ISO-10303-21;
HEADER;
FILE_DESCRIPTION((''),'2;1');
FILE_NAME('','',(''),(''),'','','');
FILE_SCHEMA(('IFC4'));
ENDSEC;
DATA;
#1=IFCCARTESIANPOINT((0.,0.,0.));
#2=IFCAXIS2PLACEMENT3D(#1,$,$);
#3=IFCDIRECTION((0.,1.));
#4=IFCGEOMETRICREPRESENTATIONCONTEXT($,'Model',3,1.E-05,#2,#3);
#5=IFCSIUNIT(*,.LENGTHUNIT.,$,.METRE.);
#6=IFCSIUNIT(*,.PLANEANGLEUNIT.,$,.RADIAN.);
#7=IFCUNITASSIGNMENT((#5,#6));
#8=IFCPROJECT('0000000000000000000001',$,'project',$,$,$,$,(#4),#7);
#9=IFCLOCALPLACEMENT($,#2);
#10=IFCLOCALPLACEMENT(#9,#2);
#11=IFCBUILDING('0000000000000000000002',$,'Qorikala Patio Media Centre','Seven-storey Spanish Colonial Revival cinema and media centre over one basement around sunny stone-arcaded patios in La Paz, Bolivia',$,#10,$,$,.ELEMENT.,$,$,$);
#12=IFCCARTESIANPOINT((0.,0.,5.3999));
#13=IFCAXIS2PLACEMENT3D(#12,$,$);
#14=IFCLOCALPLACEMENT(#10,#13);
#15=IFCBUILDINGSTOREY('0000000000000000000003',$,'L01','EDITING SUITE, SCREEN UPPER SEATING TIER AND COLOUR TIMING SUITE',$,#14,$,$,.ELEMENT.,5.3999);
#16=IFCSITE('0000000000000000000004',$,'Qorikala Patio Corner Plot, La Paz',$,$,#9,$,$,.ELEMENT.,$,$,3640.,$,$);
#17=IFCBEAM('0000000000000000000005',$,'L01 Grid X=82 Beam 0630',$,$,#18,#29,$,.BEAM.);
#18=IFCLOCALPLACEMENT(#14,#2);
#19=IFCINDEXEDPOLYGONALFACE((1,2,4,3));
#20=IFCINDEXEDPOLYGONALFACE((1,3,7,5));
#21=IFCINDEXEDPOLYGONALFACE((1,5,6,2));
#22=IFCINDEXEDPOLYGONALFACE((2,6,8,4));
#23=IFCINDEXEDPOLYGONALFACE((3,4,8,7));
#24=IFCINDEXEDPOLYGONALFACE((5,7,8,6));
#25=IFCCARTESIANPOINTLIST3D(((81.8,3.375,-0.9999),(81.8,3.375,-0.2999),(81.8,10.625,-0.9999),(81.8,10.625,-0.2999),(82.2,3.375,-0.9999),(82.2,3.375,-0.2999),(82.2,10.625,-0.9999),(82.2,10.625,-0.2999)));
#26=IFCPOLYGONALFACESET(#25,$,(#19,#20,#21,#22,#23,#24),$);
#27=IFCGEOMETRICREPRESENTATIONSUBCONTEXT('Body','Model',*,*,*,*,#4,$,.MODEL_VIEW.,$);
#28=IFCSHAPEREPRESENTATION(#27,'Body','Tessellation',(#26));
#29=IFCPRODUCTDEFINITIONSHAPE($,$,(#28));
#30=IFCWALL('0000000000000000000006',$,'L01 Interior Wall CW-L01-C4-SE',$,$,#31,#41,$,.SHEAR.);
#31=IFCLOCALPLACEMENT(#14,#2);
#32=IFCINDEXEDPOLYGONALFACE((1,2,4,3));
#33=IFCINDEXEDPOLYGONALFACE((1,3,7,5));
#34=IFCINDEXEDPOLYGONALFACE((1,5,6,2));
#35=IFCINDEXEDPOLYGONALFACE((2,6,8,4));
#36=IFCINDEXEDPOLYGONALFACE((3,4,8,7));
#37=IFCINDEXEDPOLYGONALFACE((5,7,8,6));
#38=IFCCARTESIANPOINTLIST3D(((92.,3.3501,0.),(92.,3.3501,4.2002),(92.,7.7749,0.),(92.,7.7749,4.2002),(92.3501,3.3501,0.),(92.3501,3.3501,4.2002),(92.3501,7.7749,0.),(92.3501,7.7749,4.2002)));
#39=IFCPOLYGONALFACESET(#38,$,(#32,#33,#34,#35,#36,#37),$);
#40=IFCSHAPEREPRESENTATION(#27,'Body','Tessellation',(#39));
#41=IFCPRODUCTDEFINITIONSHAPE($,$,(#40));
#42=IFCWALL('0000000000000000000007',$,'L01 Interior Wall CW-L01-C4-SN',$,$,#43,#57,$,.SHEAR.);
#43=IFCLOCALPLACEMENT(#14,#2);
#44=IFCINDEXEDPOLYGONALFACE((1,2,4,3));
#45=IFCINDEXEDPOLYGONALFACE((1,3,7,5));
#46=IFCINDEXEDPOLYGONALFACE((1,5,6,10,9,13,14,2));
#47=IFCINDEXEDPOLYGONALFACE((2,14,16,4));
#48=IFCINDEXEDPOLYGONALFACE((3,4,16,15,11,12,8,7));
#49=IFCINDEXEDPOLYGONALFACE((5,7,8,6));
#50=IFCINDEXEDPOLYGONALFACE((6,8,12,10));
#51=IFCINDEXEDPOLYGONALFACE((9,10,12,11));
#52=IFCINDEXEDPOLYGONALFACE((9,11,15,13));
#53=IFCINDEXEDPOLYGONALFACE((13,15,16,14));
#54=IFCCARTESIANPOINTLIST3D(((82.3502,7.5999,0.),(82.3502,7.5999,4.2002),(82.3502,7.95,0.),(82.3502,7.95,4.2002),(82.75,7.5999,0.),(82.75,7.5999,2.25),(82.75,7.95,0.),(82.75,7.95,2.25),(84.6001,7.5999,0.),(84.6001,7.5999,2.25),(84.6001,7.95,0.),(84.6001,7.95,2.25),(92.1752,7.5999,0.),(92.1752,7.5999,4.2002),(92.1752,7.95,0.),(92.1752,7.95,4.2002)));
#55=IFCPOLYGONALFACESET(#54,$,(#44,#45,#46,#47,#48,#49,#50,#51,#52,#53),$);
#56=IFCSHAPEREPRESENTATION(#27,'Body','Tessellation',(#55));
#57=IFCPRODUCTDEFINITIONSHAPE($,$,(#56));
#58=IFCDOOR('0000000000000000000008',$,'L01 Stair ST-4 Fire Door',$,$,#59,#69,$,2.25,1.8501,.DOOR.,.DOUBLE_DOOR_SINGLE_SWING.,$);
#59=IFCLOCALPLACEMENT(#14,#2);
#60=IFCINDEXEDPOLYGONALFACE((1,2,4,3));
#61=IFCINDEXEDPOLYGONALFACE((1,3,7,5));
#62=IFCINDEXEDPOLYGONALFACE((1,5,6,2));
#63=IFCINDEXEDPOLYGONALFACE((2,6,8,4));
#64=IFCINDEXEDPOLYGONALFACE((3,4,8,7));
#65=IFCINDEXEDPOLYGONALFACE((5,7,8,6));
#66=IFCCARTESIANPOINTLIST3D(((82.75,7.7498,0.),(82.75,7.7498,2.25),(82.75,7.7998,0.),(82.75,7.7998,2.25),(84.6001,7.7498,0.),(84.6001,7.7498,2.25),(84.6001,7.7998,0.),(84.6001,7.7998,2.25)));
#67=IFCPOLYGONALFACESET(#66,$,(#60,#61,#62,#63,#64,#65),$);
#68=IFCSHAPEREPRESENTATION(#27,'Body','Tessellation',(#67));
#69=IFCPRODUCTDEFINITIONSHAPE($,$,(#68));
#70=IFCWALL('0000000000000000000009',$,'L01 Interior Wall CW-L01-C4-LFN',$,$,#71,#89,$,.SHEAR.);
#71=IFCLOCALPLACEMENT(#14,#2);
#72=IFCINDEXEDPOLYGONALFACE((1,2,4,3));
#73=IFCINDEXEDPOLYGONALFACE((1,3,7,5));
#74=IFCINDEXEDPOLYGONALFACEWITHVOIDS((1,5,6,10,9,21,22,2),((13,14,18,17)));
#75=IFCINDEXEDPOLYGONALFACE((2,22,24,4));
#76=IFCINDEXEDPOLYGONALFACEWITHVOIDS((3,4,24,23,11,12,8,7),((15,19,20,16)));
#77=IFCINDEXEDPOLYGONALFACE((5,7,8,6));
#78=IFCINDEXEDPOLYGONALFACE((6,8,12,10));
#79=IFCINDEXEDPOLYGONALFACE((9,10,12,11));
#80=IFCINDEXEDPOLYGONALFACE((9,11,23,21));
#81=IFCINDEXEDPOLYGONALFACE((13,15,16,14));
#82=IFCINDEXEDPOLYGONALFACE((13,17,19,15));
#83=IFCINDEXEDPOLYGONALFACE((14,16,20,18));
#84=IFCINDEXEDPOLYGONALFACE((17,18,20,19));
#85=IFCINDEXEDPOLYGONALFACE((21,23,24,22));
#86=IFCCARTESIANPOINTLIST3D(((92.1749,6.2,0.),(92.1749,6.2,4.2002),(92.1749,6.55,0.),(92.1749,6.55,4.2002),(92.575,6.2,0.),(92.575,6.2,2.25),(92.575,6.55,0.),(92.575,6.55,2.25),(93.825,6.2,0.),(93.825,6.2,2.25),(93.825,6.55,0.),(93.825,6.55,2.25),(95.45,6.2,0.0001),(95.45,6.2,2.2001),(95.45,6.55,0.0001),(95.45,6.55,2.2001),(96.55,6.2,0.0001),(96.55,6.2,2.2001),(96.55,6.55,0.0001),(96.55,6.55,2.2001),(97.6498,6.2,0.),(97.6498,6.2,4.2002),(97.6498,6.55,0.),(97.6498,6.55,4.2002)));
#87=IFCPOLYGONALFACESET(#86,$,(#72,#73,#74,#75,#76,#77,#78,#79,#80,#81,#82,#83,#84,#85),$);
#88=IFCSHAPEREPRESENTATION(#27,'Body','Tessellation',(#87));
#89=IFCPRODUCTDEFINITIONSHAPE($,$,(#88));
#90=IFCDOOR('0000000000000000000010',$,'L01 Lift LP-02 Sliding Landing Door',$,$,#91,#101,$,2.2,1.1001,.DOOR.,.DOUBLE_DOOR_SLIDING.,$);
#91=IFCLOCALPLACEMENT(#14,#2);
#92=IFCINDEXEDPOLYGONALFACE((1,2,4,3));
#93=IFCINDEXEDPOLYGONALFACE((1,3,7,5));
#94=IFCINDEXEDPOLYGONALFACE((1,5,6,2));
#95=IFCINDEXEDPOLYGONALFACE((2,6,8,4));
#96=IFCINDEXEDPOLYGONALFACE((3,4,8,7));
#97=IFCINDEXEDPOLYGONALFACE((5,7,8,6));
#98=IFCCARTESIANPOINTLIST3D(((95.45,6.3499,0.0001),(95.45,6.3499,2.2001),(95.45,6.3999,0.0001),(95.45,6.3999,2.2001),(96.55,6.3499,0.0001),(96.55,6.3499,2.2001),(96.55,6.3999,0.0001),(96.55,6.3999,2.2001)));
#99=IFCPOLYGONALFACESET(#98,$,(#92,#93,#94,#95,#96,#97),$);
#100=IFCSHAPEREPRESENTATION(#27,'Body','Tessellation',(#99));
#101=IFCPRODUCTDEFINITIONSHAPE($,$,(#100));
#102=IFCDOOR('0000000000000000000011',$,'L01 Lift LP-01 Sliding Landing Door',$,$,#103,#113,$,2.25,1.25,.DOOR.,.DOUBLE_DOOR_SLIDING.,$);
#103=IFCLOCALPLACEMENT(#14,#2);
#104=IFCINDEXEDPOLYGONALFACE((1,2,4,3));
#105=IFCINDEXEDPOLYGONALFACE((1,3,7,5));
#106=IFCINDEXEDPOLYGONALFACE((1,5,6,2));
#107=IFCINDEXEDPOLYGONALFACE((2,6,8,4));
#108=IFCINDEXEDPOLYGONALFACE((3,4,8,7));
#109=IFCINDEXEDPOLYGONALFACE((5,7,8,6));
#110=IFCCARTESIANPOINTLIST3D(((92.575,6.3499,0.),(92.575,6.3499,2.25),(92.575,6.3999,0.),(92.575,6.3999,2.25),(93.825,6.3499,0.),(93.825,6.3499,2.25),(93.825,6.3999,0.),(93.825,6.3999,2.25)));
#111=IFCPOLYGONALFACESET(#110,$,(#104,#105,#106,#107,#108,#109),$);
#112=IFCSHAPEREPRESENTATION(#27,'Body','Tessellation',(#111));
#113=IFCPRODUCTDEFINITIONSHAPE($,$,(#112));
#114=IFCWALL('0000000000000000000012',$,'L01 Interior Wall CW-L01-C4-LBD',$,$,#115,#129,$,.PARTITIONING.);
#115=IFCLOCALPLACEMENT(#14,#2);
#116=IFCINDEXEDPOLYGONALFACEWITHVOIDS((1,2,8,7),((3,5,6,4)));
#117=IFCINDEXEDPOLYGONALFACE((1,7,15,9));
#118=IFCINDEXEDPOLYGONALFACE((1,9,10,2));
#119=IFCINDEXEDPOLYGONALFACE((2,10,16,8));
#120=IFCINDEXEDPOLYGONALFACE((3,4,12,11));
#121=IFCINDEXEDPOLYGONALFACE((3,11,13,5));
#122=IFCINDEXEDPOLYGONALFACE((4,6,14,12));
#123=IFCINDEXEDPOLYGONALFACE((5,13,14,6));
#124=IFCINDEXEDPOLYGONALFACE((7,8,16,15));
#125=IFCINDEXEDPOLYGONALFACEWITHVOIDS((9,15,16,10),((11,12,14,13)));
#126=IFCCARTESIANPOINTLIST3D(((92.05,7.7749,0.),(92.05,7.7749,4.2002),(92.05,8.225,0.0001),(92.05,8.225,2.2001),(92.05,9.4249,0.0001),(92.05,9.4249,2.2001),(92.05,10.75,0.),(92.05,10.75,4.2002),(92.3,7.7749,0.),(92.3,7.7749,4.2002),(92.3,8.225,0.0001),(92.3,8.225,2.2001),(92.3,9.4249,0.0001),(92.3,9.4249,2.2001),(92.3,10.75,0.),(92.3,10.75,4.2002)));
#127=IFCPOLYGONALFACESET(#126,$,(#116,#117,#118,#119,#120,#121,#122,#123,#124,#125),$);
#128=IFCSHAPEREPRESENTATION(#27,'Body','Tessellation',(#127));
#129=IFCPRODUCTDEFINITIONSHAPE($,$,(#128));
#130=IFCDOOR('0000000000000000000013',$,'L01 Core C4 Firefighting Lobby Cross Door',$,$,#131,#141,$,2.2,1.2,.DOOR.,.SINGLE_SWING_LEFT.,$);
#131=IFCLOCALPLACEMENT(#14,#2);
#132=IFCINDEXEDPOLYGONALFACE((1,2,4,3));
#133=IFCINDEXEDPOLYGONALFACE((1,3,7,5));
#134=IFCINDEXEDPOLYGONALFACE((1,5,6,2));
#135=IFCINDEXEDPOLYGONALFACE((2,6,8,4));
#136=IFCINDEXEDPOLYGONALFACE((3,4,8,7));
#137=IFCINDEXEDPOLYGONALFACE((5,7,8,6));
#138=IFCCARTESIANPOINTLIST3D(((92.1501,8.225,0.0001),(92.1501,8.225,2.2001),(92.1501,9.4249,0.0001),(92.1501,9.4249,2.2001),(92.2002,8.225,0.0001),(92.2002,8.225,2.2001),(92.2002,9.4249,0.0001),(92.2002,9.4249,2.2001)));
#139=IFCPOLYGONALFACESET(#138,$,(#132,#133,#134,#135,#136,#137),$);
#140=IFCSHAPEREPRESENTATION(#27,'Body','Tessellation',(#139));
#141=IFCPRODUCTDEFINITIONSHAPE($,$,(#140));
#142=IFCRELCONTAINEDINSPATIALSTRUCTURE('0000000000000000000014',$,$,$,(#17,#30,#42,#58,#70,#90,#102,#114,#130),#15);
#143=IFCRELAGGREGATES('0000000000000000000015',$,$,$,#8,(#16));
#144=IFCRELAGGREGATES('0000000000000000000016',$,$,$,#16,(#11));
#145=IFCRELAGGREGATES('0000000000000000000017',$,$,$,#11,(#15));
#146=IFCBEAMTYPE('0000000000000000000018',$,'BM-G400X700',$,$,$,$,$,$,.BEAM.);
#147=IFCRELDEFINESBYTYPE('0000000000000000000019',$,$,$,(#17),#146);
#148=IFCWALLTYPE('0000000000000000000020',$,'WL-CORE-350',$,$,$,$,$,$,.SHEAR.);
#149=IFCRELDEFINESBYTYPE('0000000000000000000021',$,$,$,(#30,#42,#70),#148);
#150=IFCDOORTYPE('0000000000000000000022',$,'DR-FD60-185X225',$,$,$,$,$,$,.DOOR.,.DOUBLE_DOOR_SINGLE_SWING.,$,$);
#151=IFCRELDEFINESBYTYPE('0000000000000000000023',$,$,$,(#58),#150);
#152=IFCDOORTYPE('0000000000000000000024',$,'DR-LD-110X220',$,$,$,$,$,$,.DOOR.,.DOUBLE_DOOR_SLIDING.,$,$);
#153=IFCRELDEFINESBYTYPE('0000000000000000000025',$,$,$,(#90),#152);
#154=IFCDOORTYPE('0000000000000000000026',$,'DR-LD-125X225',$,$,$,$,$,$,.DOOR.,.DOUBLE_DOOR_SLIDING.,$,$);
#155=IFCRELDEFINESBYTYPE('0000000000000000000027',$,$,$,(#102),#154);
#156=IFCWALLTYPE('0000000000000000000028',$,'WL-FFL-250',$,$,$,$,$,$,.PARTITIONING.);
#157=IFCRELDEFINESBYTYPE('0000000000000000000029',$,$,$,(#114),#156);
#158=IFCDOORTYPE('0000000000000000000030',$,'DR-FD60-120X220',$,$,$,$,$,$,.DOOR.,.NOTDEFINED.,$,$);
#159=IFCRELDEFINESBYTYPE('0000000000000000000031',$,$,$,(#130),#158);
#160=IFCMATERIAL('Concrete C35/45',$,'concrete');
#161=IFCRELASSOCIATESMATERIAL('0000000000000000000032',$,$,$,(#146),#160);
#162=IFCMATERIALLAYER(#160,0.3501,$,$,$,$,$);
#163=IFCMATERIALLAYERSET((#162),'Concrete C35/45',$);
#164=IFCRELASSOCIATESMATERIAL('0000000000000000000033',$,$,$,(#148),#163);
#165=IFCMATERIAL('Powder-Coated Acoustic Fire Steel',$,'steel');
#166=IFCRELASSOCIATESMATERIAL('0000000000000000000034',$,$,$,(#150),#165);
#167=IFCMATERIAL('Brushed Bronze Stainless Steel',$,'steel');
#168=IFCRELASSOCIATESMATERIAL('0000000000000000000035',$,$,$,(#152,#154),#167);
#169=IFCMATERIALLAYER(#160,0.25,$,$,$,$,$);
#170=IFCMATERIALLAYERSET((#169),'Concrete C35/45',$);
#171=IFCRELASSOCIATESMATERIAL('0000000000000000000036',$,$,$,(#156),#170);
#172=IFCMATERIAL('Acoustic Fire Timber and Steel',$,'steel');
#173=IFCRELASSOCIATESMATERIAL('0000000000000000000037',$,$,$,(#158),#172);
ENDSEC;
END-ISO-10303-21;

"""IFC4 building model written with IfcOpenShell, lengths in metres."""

from ifc_helpers import new_model, si_unit, direction, frame, frame_2d, origin, origin_2d, place, context, subcontext, project, spatial, rectangle, extrude, material, layer, layer_set, material_profile, profile_set, type_object, element, fill, save


model = new_model("IFC4")

# Units and contexts
model_context = context("Model", 3, precision=1e-05, world=origin(), true_north=direction((0.0, 1.0)))
body_context = subcontext(model_context, "Body", "Model", "MODEL_VIEW")
ifc_project = project(units=[si_unit("LENGTHUNIT", "METRE"), si_unit("PLANEANGLEUNIT", "RADIAN")], contexts=[model_context])

# Site, building, storey
site_placement = place(None, origin())
site = spatial("IfcSite", under=ifc_project, at=site_placement, Name="Qorikala Patio Corner Plot, La Paz", CompositionType="ELEMENT", RefElevation=3640.0)
building_placement = place(site_placement, origin())
building = spatial("IfcBuilding", under=site, at=building_placement, Name="Qorikala Patio Media Centre", Description="Seven-storey Spanish Colonial Revival cinema and media centre over one basement around sunny stone-arcaded patios in La Paz, Bolivia", CompositionType="ELEMENT")
storey_placement = place(building_placement, frame((0.0, 0.0, 5.3999)))
storey = spatial("IfcBuildingStorey", under=building, at=storey_placement, Name="L01", Description="EDITING SUITE, SCREEN UPPER SEATING TIER AND COLOUR TIMING SUITE", CompositionType="ELEMENT", Elevation=5.3999)

# Beam
ifc_material_1 = material(Name="Concrete C35/45", Category="concrete")
ifc_material_profile = material_profile(ifc_material_1, rectangle(XDim=0.3999, YDim=0.7, at=origin_2d()), Name="RC 400x700")
ifc_profile_set = profile_set([ifc_material_profile], Name="Concrete C35/45")
beam_type = type_object("IfcBeamType", Name="BM-G400X700", PredefinedType="BEAM", material=ifc_profile_set)
beam_placement = place(storey_placement, frame((82.0, 3.375, -0.6499), z_axis=(0.0, 1.0, 0.0), x_axis=(-1.0, 0.0, 0.0)))
element("IfcBeam", 1, at=beam_placement, inside=storey, type_object=beam_type, Name="L01 Grid X=82 Beam 0630", PredefinedType="BEAM", context=body_context, shape_type="SweptSolid", body=[
    extrude(rectangle(XDim=0.3999, YDim=0.7, at=origin_2d()), origin(), (0.0, 0.0, 1.0), 7.25),
])

# Wall
ifc_layer_1 = layer(ifc_material_1, 0.3501)
ifc_layer_set_1 = layer_set([ifc_layer_1], Name="Concrete C35/45")
wall_type_1 = type_object("IfcWallType", Name="WL-CORE-350", PredefinedType="SHEAR", material=ifc_layer_set_1)
wall_1_placement = place(storey_placement, frame((92.175, 3.3501, 0.0), z_axis=(0.0, 0.0, 1.0), x_axis=(0.0, 1.0, 0.0)))
element("IfcWall", 2, at=wall_1_placement, inside=storey, type_object=wall_type_1, Name="L01 Interior Wall CW-L01-C4-SE", PredefinedType="SHEAR", context=body_context, shape_type="SweptSolid", body=[
    extrude(rectangle(XDim=4.4248, YDim=0.3501, at=frame_2d((2.2124, 0.0))), origin(), (0.0, 0.0, 1.0), 4.2002),
])

# Wall, opening, door
wall_2_placement = place(storey_placement, frame((82.3501, 7.7749, 0.0), z_axis=(0.0, 0.0, 1.0), x_axis=(1.0, 0.0, 0.0)))
wall_2 = element("IfcWall", 3, at=wall_2_placement, inside=storey, type_object=wall_type_1, Name="L01 Interior Wall CW-L01-C4-SN", PredefinedType="SHEAR", context=body_context, shape_type="SweptSolid", body=[
    extrude(rectangle(XDim=9.825, YDim=0.3501, at=frame_2d((4.9126, 0.0))), origin(), (0.0, 0.0, 1.0), 4.2002),
])
opening_1_placement = place(wall_2_placement, frame((0.3999, 0.0, 0.0)))
opening_1 = element("IfcOpeningElement", 4, at=opening_1_placement, cuts=wall_2, PredefinedType="OPENING", context=body_context, shape_type="SweptSolid", body=[
    extrude(rectangle(XDim=1.8501, YDim=2.25, at=frame_2d((0.925, 1.125))), frame((0.0, 0.1851, 0.0), z_axis=(0.0, -1.0, 0.0), x_axis=(1.0, 0.0, 0.0)), (0.0, 0.0, 1.0), 0.3701),
])
ifc_material_2 = material(Name="Powder-Coated Acoustic Fire Steel", Category="steel")
door_type_1 = type_object("IfcDoorType", Name="DR-FD60-185X225", OperationType="DOUBLE_DOOR_SINGLE_SWING", PredefinedType="DOOR", material=ifc_material_2)
door_1_placement = place(opening_1_placement, origin())
door_1 = element("IfcDoor", 5, at=door_1_placement, inside=storey, type_object=door_type_1, Name="L01 Stair ST-4 Fire Door", OperationType="DOUBLE_DOOR_SINGLE_SWING", OverallHeight=2.25, OverallWidth=1.8501, PredefinedType="DOOR", context=body_context, shape_type="SweptSolid", body=[
    extrude(rectangle(XDim=1.8501, YDim=2.25, at=frame_2d((0.925, 1.125))), frame((0.0, 0.0249, 0.0), z_axis=(0.0, -1.0, 0.0), x_axis=(1.0, 0.0, 0.0)), (0.0, 0.0, 1.0), 0.05),
])
fill(opening_1, door_1)

# Wall, openings, doors
wall_3_placement = place(storey_placement, frame((92.175, 6.375, 0.0), z_axis=(0.0, 0.0, 1.0), x_axis=(1.0, 0.0, 0.0)))
wall_3 = element("IfcWall", 6, at=wall_3_placement, inside=storey, type_object=wall_type_1, Name="L01 Interior Wall CW-L01-C4-LFN", PredefinedType="SHEAR", context=body_context, shape_type="SweptSolid", body=[
    extrude(rectangle(XDim=5.4749, YDim=0.3501, at=frame_2d((2.7373, 0.0))), origin(), (0.0, 0.0, 1.0), 4.2002),
])
opening_2_placement = place(wall_3_placement, frame((0.3999, 0.0, 0.0)))
opening_2 = element("IfcOpeningElement", 7, at=opening_2_placement, cuts=wall_3, PredefinedType="OPENING", context=body_context, shape_type="SweptSolid", body=[
    extrude(rectangle(XDim=1.25, YDim=2.25, at=frame_2d((0.625, 1.125))), frame((0.0, 0.1851, 0.0), z_axis=(0.0, -1.0, 0.0), x_axis=(1.0, 0.0, 0.0)), (0.0, 0.0, 1.0), 0.3701),
])
opening_3_placement = place(wall_3_placement, frame((3.2749, 0.0, 0.0)))
opening_3 = element("IfcOpeningElement", 8, at=opening_3_placement, cuts=wall_3, PredefinedType="OPENING", context=body_context, shape_type="SweptSolid", body=[
    extrude(rectangle(XDim=1.1001, YDim=2.2, at=frame_2d((0.55, 1.1001))), frame((0.0, 0.1851, 0.0), z_axis=(0.0, -1.0, 0.0), x_axis=(1.0, 0.0, 0.0)), (0.0, 0.0, 1.0), 0.3701),
])
ifc_material_3 = material(Name="Brushed Bronze Stainless Steel", Category="steel")
door_type_2 = type_object("IfcDoorType", Name="DR-LD-110X220", OperationType="DOUBLE_DOOR_SLIDING", PredefinedType="DOOR", material=ifc_material_3)
door_2_placement = place(opening_3_placement, origin())
door_2 = element("IfcDoor", 9, at=door_2_placement, inside=storey, type_object=door_type_2, Name="L01 Lift LP-02 Sliding Landing Door", OperationType="DOUBLE_DOOR_SLIDING", OverallHeight=2.2, OverallWidth=1.1001, PredefinedType="DOOR", context=body_context, shape_type="SweptSolid", body=[
    extrude(rectangle(XDim=1.1001, YDim=2.2, at=frame_2d((0.55, 1.1001))), frame((0.0, 0.0249, 0.0), z_axis=(0.0, -1.0, 0.0), x_axis=(1.0, 0.0, 0.0)), (0.0, 0.0, 1.0), 0.05),
])
fill(opening_3, door_2)
door_type_3 = type_object("IfcDoorType", Name="DR-LD-125X225", OperationType="DOUBLE_DOOR_SLIDING", PredefinedType="DOOR", material=ifc_material_3)
door_3_placement = place(opening_2_placement, origin())
door_3 = element("IfcDoor", 10, at=door_3_placement, inside=storey, type_object=door_type_3, Name="L01 Lift LP-01 Sliding Landing Door", OperationType="DOUBLE_DOOR_SLIDING", OverallHeight=2.25, OverallWidth=1.25, PredefinedType="DOOR", context=body_context, shape_type="SweptSolid", body=[
    extrude(rectangle(XDim=1.25, YDim=2.25, at=frame_2d((0.625, 1.125))), frame((0.0, 0.0249, 0.0), z_axis=(0.0, -1.0, 0.0), x_axis=(1.0, 0.0, 0.0)), (0.0, 0.0, 1.0), 0.05),
])
fill(opening_2, door_3)

# Wall, opening, door
ifc_layer_2 = layer(ifc_material_1, 0.25)
ifc_layer_set_2 = layer_set([ifc_layer_2], Name="Concrete C35/45")
wall_type_2 = type_object("IfcWallType", Name="WL-FFL-250", PredefinedType="PARTITIONING", material=ifc_layer_set_2)
wall_4_placement = place(storey_placement, frame((92.175, 7.7749, 0.0), z_axis=(0.0, 0.0, 1.0), x_axis=(0.0, 1.0, 0.0)))
wall_4 = element("IfcWall", 11, at=wall_4_placement, inside=storey, type_object=wall_type_2, Name="L01 Interior Wall CW-L01-C4-LBD", PredefinedType="PARTITIONING", context=body_context, shape_type="SweptSolid", body=[
    extrude(rectangle(XDim=2.9751, YDim=0.25, at=frame_2d((1.4875, 0.0))), origin(), (0.0, 0.0, 1.0), 4.2002),
])
opening_4_placement = place(wall_4_placement, frame((0.45, 0.0, 0.0)))
opening_4 = element("IfcOpeningElement", 12, at=opening_4_placement, cuts=wall_4, PredefinedType="OPENING", context=body_context, shape_type="SweptSolid", body=[
    extrude(rectangle(XDim=1.2, YDim=2.2, at=frame_2d((0.6001, 1.1001))), frame((0.0, 0.135, 0.0), z_axis=(0.0, -1.0, 0.0), x_axis=(1.0, 0.0, 0.0)), (0.0, 0.0, 1.0), 0.27),
])
ifc_material_4 = material(Name="Acoustic Fire Timber and Steel", Category="steel")
door_type_4 = type_object("IfcDoorType", Name="DR-FD60-120X220", OperationType="NOTDEFINED", PredefinedType="DOOR", material=ifc_material_4)
door_4_placement = place(opening_4_placement, origin())
door_4 = element("IfcDoor", 13, at=door_4_placement, inside=storey, type_object=door_type_4, Name="L01 Core C4 Firefighting Lobby Cross Door", OperationType="SINGLE_SWING_LEFT", OverallHeight=2.2, OverallWidth=1.2, PredefinedType="DOOR", context=body_context, shape_type="SweptSolid", body=[
    extrude(rectangle(XDim=1.2, YDim=2.2, at=frame_2d((0.6001, 1.1001))), frame((0.0, 0.0249, 0.0), z_axis=(0.0, -1.0, 0.0), x_axis=(1.0, 0.0, 0.0)), (0.0, 0.0, 1.0), 0.05),
])
fill(opening_4, door_4)

save(model, "model.ifc")
